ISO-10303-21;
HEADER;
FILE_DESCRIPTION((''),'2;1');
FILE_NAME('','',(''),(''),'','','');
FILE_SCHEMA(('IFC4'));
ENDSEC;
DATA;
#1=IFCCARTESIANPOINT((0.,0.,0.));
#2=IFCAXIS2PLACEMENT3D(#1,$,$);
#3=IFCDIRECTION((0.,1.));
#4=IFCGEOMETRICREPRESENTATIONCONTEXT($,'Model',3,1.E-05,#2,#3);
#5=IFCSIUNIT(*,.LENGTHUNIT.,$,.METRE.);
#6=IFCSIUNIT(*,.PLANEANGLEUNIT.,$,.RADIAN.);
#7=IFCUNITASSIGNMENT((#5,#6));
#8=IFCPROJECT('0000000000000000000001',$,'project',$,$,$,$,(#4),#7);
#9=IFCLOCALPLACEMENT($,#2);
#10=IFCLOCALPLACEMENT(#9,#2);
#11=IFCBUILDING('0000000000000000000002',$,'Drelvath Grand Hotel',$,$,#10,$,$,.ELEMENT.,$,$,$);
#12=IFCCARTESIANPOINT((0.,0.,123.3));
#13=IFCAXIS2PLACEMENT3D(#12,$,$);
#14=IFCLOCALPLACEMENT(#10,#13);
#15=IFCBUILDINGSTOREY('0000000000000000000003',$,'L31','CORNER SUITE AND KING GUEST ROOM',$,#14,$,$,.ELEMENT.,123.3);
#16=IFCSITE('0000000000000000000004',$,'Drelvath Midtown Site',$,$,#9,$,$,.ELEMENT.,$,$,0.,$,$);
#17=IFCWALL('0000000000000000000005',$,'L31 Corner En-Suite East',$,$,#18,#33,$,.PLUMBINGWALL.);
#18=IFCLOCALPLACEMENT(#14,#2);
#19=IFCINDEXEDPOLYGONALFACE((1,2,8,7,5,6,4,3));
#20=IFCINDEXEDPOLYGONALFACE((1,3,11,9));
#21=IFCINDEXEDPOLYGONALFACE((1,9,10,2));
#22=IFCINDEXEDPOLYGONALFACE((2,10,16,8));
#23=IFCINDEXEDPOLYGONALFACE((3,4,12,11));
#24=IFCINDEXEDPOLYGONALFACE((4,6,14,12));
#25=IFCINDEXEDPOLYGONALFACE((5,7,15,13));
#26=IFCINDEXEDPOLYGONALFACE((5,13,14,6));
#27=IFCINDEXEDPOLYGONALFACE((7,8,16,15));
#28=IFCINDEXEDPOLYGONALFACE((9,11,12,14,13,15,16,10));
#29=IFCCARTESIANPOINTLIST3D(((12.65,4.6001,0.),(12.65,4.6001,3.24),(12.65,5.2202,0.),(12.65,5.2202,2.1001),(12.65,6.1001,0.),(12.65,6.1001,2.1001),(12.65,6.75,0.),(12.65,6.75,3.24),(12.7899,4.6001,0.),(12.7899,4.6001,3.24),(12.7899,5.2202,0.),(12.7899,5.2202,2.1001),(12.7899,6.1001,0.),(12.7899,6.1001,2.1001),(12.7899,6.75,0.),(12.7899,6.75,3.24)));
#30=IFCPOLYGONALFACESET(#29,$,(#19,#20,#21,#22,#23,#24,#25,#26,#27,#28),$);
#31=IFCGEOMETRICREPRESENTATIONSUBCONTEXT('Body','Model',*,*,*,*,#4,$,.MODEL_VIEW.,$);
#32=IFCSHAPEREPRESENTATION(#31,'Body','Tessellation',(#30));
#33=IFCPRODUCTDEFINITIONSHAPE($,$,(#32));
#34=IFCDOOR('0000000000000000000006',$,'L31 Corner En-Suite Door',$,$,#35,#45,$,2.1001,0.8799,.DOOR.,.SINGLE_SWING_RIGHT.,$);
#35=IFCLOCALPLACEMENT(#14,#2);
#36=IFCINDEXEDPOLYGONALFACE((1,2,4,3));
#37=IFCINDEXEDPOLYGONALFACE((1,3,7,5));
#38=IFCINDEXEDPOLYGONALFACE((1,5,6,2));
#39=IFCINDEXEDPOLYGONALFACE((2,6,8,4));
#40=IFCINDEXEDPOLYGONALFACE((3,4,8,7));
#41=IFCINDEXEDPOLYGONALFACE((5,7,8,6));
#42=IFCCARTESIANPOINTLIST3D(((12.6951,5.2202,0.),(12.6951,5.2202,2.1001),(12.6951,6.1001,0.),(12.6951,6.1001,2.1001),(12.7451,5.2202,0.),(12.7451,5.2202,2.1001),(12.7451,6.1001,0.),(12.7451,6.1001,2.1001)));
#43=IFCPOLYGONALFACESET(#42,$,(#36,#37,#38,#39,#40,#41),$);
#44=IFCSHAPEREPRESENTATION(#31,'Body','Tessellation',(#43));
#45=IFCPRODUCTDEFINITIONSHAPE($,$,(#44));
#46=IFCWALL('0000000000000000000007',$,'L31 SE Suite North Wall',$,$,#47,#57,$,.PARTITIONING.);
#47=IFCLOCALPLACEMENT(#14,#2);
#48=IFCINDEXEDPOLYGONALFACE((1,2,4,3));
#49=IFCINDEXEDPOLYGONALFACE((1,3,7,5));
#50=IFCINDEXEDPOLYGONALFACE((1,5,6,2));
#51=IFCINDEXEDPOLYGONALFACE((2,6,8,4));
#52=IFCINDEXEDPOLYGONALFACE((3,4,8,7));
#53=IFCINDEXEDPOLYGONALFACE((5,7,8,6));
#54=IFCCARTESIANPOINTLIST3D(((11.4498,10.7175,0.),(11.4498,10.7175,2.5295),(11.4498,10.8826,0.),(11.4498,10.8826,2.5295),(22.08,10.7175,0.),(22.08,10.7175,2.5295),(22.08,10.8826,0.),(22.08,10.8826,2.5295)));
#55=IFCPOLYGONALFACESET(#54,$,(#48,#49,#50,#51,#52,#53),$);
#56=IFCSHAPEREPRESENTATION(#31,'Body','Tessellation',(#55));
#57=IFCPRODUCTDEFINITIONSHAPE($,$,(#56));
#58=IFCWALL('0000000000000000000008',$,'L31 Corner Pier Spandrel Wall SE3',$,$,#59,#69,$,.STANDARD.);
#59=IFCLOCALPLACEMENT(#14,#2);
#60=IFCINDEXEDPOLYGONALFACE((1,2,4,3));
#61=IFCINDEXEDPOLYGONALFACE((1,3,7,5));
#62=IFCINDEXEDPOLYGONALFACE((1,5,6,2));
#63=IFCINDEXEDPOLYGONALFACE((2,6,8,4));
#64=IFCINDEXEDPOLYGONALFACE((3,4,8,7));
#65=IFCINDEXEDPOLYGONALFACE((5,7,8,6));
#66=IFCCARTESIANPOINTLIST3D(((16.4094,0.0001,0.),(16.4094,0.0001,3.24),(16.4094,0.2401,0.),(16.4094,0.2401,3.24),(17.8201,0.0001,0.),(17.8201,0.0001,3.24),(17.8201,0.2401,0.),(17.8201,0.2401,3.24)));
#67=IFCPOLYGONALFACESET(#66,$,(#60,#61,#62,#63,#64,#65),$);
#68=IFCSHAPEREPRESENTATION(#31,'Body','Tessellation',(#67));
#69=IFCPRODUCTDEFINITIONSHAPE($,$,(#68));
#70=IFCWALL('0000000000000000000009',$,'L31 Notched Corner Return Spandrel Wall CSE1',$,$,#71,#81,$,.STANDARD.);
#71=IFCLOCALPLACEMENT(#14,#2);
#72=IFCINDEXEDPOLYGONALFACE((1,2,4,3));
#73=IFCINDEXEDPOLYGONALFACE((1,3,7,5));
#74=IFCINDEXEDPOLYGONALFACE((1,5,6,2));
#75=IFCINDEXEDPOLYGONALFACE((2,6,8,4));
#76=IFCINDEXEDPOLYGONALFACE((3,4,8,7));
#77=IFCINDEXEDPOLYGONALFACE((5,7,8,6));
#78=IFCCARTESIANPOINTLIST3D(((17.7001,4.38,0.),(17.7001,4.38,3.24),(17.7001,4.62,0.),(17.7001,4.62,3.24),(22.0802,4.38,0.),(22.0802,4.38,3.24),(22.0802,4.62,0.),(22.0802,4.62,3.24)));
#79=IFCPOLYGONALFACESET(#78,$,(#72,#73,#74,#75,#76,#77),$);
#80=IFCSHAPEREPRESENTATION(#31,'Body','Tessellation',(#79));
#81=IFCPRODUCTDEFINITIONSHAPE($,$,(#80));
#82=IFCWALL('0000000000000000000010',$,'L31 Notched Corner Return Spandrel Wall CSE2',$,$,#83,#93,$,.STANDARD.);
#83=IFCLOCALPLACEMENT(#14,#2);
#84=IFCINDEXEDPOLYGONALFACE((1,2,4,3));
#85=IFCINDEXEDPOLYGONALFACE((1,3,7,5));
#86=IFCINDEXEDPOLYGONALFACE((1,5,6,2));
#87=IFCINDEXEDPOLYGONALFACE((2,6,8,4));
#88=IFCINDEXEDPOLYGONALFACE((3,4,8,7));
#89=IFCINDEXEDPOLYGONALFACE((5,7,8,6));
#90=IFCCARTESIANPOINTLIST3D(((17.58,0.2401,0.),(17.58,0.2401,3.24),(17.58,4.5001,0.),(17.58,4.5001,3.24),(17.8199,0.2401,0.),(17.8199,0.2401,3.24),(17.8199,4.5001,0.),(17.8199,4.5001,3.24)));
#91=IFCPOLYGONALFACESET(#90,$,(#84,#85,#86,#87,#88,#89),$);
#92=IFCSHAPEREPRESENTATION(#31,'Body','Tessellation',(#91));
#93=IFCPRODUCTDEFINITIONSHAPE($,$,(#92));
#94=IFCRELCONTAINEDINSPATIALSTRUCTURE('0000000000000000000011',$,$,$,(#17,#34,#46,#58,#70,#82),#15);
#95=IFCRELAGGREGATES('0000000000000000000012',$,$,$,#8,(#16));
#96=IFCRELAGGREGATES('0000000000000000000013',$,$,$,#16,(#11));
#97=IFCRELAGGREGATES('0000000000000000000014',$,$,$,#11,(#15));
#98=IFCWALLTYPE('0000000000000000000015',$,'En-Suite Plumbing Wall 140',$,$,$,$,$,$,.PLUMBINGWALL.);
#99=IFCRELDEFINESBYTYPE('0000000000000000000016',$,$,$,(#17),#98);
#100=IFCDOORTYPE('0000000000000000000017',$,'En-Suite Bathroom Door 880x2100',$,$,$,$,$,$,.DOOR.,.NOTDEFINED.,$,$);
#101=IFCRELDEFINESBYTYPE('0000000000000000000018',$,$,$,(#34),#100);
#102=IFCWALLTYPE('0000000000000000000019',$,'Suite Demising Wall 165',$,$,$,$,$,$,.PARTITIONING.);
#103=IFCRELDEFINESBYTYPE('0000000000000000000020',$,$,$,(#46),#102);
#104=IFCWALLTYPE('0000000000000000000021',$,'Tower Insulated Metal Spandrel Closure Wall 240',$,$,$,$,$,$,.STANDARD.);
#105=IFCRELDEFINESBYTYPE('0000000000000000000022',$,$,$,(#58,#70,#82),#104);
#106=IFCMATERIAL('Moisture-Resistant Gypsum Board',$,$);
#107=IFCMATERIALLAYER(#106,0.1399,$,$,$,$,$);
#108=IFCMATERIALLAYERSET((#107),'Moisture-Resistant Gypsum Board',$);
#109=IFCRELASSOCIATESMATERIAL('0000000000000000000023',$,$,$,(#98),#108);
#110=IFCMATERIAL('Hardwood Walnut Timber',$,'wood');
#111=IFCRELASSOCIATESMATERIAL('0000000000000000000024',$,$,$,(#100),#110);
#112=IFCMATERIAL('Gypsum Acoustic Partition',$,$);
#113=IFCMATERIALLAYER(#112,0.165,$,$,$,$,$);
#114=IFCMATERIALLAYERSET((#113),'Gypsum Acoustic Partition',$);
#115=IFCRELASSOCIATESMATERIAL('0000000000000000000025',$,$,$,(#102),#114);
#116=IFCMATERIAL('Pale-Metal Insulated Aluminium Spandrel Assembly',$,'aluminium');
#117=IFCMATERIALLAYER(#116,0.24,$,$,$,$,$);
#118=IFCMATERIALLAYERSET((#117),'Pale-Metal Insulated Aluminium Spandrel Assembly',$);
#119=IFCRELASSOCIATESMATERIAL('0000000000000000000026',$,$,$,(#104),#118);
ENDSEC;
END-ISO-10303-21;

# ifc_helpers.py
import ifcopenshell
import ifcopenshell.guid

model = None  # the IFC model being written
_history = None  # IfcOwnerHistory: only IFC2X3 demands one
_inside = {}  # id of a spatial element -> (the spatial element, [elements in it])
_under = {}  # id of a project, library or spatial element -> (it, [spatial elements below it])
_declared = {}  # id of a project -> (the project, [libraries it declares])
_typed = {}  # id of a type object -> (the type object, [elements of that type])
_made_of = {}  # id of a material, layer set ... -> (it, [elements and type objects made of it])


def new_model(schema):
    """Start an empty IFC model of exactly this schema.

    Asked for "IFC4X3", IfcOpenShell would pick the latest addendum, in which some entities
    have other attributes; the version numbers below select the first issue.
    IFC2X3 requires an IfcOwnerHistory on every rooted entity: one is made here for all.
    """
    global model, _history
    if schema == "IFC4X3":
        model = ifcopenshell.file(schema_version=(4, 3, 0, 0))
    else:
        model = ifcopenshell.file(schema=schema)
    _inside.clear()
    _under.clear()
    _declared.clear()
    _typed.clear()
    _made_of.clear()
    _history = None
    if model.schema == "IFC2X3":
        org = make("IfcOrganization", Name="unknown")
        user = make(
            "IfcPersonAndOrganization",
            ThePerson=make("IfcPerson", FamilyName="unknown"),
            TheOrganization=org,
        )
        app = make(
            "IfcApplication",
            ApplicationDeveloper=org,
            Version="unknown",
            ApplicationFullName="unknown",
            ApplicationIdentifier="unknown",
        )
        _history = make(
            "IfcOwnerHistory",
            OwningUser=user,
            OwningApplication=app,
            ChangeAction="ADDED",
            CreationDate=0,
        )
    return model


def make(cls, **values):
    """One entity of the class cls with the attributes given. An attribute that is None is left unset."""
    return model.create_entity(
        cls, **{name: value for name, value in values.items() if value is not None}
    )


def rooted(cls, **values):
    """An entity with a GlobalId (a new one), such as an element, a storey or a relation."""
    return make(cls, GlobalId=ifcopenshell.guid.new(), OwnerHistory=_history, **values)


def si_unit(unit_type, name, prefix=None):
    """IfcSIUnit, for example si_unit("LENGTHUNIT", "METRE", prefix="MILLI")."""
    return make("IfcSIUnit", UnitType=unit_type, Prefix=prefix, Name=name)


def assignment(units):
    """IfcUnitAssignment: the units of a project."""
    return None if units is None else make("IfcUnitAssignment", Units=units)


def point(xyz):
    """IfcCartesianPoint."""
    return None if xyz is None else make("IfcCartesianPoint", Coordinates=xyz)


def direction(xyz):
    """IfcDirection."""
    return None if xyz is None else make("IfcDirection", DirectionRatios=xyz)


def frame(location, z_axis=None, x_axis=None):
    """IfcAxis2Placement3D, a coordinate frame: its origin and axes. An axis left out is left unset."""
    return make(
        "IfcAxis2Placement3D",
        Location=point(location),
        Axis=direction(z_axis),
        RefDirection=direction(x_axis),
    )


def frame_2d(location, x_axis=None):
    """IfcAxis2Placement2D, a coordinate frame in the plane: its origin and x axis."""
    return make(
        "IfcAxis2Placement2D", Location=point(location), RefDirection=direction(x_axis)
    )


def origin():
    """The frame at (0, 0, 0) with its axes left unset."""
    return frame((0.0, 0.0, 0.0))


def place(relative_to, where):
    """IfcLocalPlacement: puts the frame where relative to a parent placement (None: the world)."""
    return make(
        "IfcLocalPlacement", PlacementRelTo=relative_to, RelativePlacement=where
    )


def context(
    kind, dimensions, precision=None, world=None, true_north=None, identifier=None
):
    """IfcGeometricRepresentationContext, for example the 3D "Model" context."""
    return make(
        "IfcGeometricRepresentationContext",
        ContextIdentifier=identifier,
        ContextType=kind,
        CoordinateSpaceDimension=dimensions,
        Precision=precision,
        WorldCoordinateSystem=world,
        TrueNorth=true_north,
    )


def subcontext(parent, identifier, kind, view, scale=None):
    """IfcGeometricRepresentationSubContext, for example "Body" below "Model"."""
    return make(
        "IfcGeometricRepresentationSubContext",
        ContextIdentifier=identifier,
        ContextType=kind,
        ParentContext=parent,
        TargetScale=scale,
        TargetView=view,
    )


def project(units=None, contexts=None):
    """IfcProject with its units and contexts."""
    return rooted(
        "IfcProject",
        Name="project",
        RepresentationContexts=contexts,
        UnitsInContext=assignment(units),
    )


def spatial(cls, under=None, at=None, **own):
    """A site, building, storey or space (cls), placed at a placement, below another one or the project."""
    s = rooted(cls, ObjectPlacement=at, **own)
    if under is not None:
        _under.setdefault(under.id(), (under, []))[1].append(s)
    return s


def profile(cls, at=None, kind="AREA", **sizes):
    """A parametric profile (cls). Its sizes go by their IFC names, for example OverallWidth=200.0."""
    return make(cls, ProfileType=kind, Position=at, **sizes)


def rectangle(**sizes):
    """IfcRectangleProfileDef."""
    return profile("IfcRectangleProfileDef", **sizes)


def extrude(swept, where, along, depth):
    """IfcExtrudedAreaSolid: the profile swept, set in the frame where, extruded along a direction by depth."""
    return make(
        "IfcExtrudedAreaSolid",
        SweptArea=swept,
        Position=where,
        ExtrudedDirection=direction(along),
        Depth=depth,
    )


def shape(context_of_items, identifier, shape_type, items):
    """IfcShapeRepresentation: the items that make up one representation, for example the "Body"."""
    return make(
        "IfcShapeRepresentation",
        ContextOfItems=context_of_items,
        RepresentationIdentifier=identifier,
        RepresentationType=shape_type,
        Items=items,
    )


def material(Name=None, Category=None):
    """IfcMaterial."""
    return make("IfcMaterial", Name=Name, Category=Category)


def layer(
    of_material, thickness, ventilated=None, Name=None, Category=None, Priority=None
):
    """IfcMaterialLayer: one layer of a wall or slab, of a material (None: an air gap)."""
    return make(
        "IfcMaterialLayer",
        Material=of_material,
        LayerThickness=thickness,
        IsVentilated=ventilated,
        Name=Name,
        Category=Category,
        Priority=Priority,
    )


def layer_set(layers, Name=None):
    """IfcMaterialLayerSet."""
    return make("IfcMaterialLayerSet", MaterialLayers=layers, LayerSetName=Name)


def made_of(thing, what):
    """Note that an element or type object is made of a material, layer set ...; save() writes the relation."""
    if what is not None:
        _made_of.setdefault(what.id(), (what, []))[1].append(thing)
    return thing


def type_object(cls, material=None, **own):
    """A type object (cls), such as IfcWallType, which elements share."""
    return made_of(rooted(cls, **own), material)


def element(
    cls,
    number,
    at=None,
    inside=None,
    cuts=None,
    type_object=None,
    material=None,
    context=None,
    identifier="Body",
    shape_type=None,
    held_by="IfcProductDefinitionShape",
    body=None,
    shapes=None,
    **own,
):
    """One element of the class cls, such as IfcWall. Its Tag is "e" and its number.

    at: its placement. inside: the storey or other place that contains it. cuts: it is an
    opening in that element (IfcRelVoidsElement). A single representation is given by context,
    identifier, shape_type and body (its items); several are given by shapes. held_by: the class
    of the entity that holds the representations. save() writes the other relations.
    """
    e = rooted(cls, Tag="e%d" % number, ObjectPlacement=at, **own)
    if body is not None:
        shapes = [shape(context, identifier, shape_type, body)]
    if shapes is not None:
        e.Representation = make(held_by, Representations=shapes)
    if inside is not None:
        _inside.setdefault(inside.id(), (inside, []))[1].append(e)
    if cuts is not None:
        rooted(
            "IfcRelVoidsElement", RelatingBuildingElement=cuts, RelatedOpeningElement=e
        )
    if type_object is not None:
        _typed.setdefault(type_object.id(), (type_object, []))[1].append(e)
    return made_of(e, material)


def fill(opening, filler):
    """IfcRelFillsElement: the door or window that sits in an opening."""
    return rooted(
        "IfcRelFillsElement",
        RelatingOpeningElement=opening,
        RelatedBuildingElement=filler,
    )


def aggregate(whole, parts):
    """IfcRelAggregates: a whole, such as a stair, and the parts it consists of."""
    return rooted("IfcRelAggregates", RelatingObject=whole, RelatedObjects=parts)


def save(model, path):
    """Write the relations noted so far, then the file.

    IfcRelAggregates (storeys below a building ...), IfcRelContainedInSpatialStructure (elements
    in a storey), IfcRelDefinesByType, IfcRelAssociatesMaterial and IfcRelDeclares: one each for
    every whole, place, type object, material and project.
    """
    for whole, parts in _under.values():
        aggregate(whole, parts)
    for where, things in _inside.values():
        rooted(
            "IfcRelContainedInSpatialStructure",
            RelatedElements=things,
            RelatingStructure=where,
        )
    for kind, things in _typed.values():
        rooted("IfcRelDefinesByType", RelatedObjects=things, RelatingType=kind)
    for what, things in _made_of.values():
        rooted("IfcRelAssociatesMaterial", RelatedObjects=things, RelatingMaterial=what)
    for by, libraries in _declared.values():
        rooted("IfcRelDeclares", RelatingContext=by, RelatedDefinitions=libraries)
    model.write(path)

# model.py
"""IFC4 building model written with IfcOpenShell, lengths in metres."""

from ifc_helpers import new_model, si_unit, direction, frame, frame_2d, origin, place, context, subcontext, project, spatial, rectangle, extrude, material, layer, layer_set, type_object, element, fill, save


model = new_model("IFC4")

# Units and contexts
model_context = context("Model", 3, precision=1e-05, world=origin(), true_north=direction((0.0, 1.0)))
body_context = subcontext(model_context, "Body", "Model", "MODEL_VIEW")
ifc_project = project(units=[si_unit("LENGTHUNIT", "METRE"), si_unit("PLANEANGLEUNIT", "RADIAN")], contexts=[model_context])

# Site, building, storey
site_placement = place(None, origin())
site = spatial("IfcSite", under=ifc_project, at=site_placement, Name="Drelvath Midtown Site", CompositionType="ELEMENT", RefElevation=0.0)
building_placement = place(site_placement, origin())
building = spatial("IfcBuilding", under=site, at=building_placement, Name="Drelvath Grand Hotel", CompositionType="ELEMENT")
storey_placement = place(building_placement, frame((0.0, 0.0, 123.3)))
storey = spatial("IfcBuildingStorey", under=building, at=storey_placement, Name="L31", Description="CORNER SUITE AND KING GUEST ROOM", CompositionType="ELEMENT", Elevation=123.3)

# Shared definitions
ifc_material_1 = material(Name="Hardwood Walnut Timber", Category="wood")

# Shared definitions
ifc_material_2 = material(Name="Moisture-Resistant Gypsum Board")
ifc_layer_1 = layer(ifc_material_2, 0.1399)
ifc_layer_set_1 = layer_set([ifc_layer_1], Name="Moisture-Resistant Gypsum Board")
wall_type_1 = type_object("IfcWallType", Name="En-Suite Plumbing Wall 140", PredefinedType="PLUMBINGWALL", material=ifc_layer_set_1)

# Wall, opening, door
wall_1_placement = place(storey_placement, frame((12.72, 4.6001, 0.0), z_axis=(0.0, 0.0, 1.0), x_axis=(0.0, 1.0, 0.0)))
wall_1 = element("IfcWall", 1, at=wall_1_placement, inside=storey, type_object=wall_type_1, Name="L31 Corner En-Suite East", PredefinedType="PLUMBINGWALL", context=body_context, shape_type="SweptSolid", body=[
    extrude(rectangle(XDim=2.1499, YDim=0.1399, at=frame_2d((1.075, 0.0))), origin(), (0.0, 0.0, 1.0), 3.24),
])
opening_1_placement = place(wall_1_placement, frame((0.6201, 0.0, 0.0)))
opening_1 = element("IfcOpeningElement", 2, at=opening_1_placement, cuts=wall_1, PredefinedType="OPENING", context=body_context, shape_type="SweptSolid", body=[
    extrude(rectangle(XDim=0.8799, YDim=2.1001, at=frame_2d((0.4399, 1.05))), frame((0.0, 0.0798, 0.0), z_axis=(0.0, -1.0, 0.0), x_axis=(1.0, 0.0, 0.0)), (0.0, 0.0, 1.0), 0.1599),
])
door_type_1 = type_object("IfcDoorType", Name="En-Suite Bathroom Door 880x2100", OperationType="NOTDEFINED", PredefinedType="DOOR", material=ifc_material_1)
door_1_placement = place(opening_1_placement, origin())
door_1 = element("IfcDoor", 3, at=door_1_placement, inside=storey, type_object=door_type_1, Name="L31 Corner En-Suite Door", OperationType="SINGLE_SWING_RIGHT", OverallHeight=2.1001, OverallWidth=0.8799, PredefinedType="DOOR", context=body_context, shape_type="SweptSolid", body=[
    extrude(rectangle(XDim=0.8799, YDim=2.1001, at=frame_2d((0.4399, 1.05))), frame((0.0, 0.0249, 0.0), z_axis=(0.0, -1.0, 0.0), x_axis=(1.0, 0.0, 0.0)), (0.0, 0.0, 1.0), 0.05),
])
fill(opening_1, door_1)

# Walls
ifc_material_3 = material(Name="Gypsum Acoustic Partition")
ifc_layer_2 = layer(ifc_material_3, 0.165)
ifc_layer_set_2 = layer_set([ifc_layer_2], Name="Gypsum Acoustic Partition")
wall_type_2 = type_object("IfcWallType", Name="Suite Demising Wall 165", PredefinedType="PARTITIONING", material=ifc_layer_set_2)
wall_2_placement = place(storey_placement, frame((11.45, 10.8, 0.0), z_axis=(0.0, 0.0, 1.0), x_axis=(1.0, 0.0, 0.0)))
element("IfcWall", 4, at=wall_2_placement, inside=storey, type_object=wall_type_2, Name="L31 SE Suite North Wall", PredefinedType="PARTITIONING", context=body_context, shape_type="SweptSolid", body=[
    extrude(rectangle(XDim=10.6301, YDim=0.165, at=frame_2d((5.3149, 0.0))), origin(), (0.0, 0.0, 1.0), 2.5295),
])
ifc_material_4 = material(Name="Pale-Metal Insulated Aluminium Spandrel Assembly", Category="aluminium")
ifc_layer_3 = layer(ifc_material_4, 0.24)
ifc_layer_set_3 = layer_set([ifc_layer_3], Name="Pale-Metal Insulated Aluminium Spandrel Assembly")
wall_type_3 = type_object("IfcWallType", Name="Tower Insulated Metal Spandrel Closure Wall 240", PredefinedType="STANDARD", material=ifc_layer_set_3)
wall_3_placement = place(storey_placement, frame((17.8201, 0.1201, 0.0), z_axis=(0.0, 0.0, 1.0), x_axis=(-1.0, 0.0, 0.0)))
element("IfcWall", 5, at=wall_3_placement, inside=storey, type_object=wall_type_3, Name="L31 Corner Pier Spandrel Wall SE3", PredefinedType="STANDARD", context=body_context, shape_type="SweptSolid", body=[
    extrude(rectangle(XDim=1.4106, YDim=0.24, at=frame_2d((0.7053, 0.0))), origin(), (0.0, 0.0, 1.0), 3.24),
])
wall_4_placement = place(storey_placement, frame((22.0801, 4.5, 0.0), z_axis=(0.0, 0.0, 1.0), x_axis=(-1.0, 0.0, 0.0)))
element("IfcWall", 6, at=wall_4_placement, inside=storey, type_object=wall_type_3, Name="L31 Notched Corner Return Spandrel Wall CSE1", PredefinedType="STANDARD", context=body_context, shape_type="SweptSolid", body=[
    extrude(rectangle(XDim=4.3801, YDim=0.24, at=frame_2d((2.1899, 0.0))), origin(), (0.0, 0.0, 1.0), 3.24),
])
wall_5_placement = place(storey_placement, frame((17.7, 4.5, 0.0), z_axis=(0.0, 0.0, 1.0), x_axis=(0.0, -1.0, 0.0)))
element("IfcWall", 7, at=wall_5_placement, inside=storey, type_object=wall_type_3, Name="L31 Notched Corner Return Spandrel Wall CSE2", PredefinedType="STANDARD", context=body_context, shape_type="SweptSolid", body=[
    extrude(rectangle(XDim=4.26, YDim=0.24, at=frame_2d((2.1299, 0.0))), origin(), (0.0, 0.0, 1.0), 3.24),
])

save(model, "model.ifc")
